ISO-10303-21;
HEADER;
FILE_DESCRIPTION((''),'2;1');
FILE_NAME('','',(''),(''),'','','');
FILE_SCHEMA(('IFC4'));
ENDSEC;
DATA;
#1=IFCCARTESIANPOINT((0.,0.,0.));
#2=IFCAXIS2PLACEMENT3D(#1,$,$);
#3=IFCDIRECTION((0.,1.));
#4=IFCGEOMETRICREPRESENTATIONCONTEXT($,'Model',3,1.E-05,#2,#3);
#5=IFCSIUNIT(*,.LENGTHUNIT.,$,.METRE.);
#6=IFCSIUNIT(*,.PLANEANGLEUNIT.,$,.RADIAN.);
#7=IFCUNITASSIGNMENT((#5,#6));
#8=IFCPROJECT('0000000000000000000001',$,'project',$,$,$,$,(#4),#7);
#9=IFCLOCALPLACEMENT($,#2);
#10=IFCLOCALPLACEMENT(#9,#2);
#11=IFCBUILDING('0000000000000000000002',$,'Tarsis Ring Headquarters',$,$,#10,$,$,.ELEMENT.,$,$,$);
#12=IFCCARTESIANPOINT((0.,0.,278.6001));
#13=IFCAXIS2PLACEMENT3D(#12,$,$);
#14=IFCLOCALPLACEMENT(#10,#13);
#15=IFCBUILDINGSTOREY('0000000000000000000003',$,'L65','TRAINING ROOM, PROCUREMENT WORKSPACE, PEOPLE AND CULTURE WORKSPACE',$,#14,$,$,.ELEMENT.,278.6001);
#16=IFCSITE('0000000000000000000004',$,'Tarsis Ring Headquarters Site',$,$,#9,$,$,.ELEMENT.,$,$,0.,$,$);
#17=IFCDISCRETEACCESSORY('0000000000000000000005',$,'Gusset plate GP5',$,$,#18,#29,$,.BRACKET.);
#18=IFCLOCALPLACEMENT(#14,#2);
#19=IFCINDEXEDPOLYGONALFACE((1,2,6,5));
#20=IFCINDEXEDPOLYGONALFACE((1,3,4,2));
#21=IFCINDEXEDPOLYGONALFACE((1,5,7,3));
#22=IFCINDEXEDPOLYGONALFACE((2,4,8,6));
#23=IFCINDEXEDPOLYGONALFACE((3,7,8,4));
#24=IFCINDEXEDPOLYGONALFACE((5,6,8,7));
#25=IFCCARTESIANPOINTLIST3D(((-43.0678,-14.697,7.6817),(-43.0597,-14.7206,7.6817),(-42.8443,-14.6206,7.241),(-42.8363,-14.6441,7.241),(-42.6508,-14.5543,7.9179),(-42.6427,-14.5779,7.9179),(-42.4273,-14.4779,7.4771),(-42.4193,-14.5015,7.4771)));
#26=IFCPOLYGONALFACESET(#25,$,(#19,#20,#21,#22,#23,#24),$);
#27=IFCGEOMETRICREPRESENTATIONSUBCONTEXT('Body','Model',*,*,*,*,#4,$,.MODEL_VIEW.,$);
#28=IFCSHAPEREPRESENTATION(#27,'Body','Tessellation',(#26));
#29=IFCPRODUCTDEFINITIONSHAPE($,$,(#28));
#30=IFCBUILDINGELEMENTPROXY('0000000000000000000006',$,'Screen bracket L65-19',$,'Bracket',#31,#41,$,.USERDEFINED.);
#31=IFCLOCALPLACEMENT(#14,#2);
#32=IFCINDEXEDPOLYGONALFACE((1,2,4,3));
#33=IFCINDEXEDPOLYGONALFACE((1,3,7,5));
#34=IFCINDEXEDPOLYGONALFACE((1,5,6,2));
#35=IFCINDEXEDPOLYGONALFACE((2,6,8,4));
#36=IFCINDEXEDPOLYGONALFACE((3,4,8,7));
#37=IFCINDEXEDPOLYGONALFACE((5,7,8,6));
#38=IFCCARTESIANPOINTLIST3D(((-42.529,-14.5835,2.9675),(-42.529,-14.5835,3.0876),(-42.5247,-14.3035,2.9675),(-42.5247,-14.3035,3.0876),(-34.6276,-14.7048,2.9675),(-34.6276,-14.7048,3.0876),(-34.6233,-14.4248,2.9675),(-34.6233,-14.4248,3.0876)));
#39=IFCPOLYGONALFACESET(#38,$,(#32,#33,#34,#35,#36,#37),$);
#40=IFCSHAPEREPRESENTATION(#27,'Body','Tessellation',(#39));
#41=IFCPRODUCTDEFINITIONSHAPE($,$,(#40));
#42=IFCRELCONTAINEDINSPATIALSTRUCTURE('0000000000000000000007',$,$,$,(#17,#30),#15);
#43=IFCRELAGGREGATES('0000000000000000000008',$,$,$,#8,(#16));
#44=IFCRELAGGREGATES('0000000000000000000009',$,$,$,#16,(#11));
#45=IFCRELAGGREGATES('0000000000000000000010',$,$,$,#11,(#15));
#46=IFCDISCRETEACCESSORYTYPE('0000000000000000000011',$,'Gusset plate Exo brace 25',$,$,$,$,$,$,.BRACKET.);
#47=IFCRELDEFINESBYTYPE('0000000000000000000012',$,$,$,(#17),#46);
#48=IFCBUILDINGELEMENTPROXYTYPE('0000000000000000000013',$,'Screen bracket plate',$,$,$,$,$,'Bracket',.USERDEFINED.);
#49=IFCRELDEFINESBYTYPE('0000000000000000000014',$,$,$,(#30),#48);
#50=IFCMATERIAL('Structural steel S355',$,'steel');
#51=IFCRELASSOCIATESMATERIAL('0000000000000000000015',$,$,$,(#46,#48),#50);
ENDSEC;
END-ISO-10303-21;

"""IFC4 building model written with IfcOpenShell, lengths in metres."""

from ifc_helpers import new_model, si_unit, direction, frame, origin, origin_2d, place, context, subcontext, project, spatial, rectangle, extrude, material, material_profile, profile_set, type_object, element, save


model = new_model("IFC4")

# Units and contexts
model_context = context("Model", 3, precision=1e-05, world=origin(), true_north=direction((0.0, 1.0)))
body_context = subcontext(model_context, "Body", "Model", "MODEL_VIEW")
ifc_project = project(units=[si_unit("LENGTHUNIT", "METRE"), si_unit("PLANEANGLEUNIT", "RADIAN")], contexts=[model_context])

# Site, building, storey
site_placement = place(None, origin())
site = spatial("IfcSite", under=ifc_project, at=site_placement, Name="Tarsis Ring Headquarters Site", CompositionType="ELEMENT", RefElevation=0.0)
building_placement = place(site_placement, origin())
building = spatial("IfcBuilding", under=site, at=building_placement, Name="Tarsis Ring Headquarters", CompositionType="ELEMENT")
storey_placement = place(building_placement, frame((0.0, 0.0, 278.6001)))
storey = spatial("IfcBuildingStorey", under=building, at=storey_placement, Name="L65", Description="TRAINING ROOM, PROCUREMENT WORKSPACE, PEOPLE AND CULTURE WORKSPACE", CompositionType="ELEMENT", Elevation=278.6001)

# Shared definitions
ifc_material_1 = material(Name="Structural steel S355", Category="steel")

# Discrete accessory
ifc_material_profile_1 = material_profile(ifc_material_1, rectangle(XDim=0.0249, YDim=0.5, at=origin_2d()), Name="PL 25x500")
ifc_profile_set_1 = profile_set([ifc_material_profile_1], Name="Structural steel S355")
discrete_accessory_type = type_object("IfcDiscreteAccessoryType", Name="Gusset plate Exo brace 25", PredefinedType="BRACKET", material=ifc_profile_set_1)
discrete_accessory_placement = place(storey_placement, frame((-42.8552, -14.6375, 7.7998), z_axis=(0.446835, 0.152852, -0.881462), x_axis=(-0.323663, 0.946172, 0.0)))
element("IfcDiscreteAccessory", 1, at=discrete_accessory_placement, inside=storey, type_object=discrete_accessory_type, Name="Gusset plate GP5", PredefinedType="BRACKET", context=body_context, shape_type="SweptSolid", body=[
    extrude(rectangle(XDim=0.0249, YDim=0.5, at=origin_2d()), origin(), (0.0, 0.0, 1.0), 0.5),
])

# Building element proxy
building_element_proxy_type = type_object("IfcBuildingElementProxyType", Name="Screen bracket plate", ElementType="Bracket", PredefinedType="USERDEFINED", material=ifc_material_1)
proxy_placement = place(storey_placement, frame((-38.5762, -14.5042, 2.9675), z_axis=(0.0, 0.0, 1.0), x_axis=(0.999882, -0.015358, 0.0)))
element("IfcBuildingElementProxy", 2, at=proxy_placement, inside=storey, type_object=building_element_proxy_type, Name="Screen bracket L65-19", ObjectType="Bracket", PredefinedType="USERDEFINED", context=body_context, shape_type="SweptSolid", body=[
    extrude(rectangle(XDim=7.9023, YDim=0.28, at=origin_2d()), origin(), (0.0, 0.0, 1.0), 0.1201),
])

save(model, "model.ifc")
